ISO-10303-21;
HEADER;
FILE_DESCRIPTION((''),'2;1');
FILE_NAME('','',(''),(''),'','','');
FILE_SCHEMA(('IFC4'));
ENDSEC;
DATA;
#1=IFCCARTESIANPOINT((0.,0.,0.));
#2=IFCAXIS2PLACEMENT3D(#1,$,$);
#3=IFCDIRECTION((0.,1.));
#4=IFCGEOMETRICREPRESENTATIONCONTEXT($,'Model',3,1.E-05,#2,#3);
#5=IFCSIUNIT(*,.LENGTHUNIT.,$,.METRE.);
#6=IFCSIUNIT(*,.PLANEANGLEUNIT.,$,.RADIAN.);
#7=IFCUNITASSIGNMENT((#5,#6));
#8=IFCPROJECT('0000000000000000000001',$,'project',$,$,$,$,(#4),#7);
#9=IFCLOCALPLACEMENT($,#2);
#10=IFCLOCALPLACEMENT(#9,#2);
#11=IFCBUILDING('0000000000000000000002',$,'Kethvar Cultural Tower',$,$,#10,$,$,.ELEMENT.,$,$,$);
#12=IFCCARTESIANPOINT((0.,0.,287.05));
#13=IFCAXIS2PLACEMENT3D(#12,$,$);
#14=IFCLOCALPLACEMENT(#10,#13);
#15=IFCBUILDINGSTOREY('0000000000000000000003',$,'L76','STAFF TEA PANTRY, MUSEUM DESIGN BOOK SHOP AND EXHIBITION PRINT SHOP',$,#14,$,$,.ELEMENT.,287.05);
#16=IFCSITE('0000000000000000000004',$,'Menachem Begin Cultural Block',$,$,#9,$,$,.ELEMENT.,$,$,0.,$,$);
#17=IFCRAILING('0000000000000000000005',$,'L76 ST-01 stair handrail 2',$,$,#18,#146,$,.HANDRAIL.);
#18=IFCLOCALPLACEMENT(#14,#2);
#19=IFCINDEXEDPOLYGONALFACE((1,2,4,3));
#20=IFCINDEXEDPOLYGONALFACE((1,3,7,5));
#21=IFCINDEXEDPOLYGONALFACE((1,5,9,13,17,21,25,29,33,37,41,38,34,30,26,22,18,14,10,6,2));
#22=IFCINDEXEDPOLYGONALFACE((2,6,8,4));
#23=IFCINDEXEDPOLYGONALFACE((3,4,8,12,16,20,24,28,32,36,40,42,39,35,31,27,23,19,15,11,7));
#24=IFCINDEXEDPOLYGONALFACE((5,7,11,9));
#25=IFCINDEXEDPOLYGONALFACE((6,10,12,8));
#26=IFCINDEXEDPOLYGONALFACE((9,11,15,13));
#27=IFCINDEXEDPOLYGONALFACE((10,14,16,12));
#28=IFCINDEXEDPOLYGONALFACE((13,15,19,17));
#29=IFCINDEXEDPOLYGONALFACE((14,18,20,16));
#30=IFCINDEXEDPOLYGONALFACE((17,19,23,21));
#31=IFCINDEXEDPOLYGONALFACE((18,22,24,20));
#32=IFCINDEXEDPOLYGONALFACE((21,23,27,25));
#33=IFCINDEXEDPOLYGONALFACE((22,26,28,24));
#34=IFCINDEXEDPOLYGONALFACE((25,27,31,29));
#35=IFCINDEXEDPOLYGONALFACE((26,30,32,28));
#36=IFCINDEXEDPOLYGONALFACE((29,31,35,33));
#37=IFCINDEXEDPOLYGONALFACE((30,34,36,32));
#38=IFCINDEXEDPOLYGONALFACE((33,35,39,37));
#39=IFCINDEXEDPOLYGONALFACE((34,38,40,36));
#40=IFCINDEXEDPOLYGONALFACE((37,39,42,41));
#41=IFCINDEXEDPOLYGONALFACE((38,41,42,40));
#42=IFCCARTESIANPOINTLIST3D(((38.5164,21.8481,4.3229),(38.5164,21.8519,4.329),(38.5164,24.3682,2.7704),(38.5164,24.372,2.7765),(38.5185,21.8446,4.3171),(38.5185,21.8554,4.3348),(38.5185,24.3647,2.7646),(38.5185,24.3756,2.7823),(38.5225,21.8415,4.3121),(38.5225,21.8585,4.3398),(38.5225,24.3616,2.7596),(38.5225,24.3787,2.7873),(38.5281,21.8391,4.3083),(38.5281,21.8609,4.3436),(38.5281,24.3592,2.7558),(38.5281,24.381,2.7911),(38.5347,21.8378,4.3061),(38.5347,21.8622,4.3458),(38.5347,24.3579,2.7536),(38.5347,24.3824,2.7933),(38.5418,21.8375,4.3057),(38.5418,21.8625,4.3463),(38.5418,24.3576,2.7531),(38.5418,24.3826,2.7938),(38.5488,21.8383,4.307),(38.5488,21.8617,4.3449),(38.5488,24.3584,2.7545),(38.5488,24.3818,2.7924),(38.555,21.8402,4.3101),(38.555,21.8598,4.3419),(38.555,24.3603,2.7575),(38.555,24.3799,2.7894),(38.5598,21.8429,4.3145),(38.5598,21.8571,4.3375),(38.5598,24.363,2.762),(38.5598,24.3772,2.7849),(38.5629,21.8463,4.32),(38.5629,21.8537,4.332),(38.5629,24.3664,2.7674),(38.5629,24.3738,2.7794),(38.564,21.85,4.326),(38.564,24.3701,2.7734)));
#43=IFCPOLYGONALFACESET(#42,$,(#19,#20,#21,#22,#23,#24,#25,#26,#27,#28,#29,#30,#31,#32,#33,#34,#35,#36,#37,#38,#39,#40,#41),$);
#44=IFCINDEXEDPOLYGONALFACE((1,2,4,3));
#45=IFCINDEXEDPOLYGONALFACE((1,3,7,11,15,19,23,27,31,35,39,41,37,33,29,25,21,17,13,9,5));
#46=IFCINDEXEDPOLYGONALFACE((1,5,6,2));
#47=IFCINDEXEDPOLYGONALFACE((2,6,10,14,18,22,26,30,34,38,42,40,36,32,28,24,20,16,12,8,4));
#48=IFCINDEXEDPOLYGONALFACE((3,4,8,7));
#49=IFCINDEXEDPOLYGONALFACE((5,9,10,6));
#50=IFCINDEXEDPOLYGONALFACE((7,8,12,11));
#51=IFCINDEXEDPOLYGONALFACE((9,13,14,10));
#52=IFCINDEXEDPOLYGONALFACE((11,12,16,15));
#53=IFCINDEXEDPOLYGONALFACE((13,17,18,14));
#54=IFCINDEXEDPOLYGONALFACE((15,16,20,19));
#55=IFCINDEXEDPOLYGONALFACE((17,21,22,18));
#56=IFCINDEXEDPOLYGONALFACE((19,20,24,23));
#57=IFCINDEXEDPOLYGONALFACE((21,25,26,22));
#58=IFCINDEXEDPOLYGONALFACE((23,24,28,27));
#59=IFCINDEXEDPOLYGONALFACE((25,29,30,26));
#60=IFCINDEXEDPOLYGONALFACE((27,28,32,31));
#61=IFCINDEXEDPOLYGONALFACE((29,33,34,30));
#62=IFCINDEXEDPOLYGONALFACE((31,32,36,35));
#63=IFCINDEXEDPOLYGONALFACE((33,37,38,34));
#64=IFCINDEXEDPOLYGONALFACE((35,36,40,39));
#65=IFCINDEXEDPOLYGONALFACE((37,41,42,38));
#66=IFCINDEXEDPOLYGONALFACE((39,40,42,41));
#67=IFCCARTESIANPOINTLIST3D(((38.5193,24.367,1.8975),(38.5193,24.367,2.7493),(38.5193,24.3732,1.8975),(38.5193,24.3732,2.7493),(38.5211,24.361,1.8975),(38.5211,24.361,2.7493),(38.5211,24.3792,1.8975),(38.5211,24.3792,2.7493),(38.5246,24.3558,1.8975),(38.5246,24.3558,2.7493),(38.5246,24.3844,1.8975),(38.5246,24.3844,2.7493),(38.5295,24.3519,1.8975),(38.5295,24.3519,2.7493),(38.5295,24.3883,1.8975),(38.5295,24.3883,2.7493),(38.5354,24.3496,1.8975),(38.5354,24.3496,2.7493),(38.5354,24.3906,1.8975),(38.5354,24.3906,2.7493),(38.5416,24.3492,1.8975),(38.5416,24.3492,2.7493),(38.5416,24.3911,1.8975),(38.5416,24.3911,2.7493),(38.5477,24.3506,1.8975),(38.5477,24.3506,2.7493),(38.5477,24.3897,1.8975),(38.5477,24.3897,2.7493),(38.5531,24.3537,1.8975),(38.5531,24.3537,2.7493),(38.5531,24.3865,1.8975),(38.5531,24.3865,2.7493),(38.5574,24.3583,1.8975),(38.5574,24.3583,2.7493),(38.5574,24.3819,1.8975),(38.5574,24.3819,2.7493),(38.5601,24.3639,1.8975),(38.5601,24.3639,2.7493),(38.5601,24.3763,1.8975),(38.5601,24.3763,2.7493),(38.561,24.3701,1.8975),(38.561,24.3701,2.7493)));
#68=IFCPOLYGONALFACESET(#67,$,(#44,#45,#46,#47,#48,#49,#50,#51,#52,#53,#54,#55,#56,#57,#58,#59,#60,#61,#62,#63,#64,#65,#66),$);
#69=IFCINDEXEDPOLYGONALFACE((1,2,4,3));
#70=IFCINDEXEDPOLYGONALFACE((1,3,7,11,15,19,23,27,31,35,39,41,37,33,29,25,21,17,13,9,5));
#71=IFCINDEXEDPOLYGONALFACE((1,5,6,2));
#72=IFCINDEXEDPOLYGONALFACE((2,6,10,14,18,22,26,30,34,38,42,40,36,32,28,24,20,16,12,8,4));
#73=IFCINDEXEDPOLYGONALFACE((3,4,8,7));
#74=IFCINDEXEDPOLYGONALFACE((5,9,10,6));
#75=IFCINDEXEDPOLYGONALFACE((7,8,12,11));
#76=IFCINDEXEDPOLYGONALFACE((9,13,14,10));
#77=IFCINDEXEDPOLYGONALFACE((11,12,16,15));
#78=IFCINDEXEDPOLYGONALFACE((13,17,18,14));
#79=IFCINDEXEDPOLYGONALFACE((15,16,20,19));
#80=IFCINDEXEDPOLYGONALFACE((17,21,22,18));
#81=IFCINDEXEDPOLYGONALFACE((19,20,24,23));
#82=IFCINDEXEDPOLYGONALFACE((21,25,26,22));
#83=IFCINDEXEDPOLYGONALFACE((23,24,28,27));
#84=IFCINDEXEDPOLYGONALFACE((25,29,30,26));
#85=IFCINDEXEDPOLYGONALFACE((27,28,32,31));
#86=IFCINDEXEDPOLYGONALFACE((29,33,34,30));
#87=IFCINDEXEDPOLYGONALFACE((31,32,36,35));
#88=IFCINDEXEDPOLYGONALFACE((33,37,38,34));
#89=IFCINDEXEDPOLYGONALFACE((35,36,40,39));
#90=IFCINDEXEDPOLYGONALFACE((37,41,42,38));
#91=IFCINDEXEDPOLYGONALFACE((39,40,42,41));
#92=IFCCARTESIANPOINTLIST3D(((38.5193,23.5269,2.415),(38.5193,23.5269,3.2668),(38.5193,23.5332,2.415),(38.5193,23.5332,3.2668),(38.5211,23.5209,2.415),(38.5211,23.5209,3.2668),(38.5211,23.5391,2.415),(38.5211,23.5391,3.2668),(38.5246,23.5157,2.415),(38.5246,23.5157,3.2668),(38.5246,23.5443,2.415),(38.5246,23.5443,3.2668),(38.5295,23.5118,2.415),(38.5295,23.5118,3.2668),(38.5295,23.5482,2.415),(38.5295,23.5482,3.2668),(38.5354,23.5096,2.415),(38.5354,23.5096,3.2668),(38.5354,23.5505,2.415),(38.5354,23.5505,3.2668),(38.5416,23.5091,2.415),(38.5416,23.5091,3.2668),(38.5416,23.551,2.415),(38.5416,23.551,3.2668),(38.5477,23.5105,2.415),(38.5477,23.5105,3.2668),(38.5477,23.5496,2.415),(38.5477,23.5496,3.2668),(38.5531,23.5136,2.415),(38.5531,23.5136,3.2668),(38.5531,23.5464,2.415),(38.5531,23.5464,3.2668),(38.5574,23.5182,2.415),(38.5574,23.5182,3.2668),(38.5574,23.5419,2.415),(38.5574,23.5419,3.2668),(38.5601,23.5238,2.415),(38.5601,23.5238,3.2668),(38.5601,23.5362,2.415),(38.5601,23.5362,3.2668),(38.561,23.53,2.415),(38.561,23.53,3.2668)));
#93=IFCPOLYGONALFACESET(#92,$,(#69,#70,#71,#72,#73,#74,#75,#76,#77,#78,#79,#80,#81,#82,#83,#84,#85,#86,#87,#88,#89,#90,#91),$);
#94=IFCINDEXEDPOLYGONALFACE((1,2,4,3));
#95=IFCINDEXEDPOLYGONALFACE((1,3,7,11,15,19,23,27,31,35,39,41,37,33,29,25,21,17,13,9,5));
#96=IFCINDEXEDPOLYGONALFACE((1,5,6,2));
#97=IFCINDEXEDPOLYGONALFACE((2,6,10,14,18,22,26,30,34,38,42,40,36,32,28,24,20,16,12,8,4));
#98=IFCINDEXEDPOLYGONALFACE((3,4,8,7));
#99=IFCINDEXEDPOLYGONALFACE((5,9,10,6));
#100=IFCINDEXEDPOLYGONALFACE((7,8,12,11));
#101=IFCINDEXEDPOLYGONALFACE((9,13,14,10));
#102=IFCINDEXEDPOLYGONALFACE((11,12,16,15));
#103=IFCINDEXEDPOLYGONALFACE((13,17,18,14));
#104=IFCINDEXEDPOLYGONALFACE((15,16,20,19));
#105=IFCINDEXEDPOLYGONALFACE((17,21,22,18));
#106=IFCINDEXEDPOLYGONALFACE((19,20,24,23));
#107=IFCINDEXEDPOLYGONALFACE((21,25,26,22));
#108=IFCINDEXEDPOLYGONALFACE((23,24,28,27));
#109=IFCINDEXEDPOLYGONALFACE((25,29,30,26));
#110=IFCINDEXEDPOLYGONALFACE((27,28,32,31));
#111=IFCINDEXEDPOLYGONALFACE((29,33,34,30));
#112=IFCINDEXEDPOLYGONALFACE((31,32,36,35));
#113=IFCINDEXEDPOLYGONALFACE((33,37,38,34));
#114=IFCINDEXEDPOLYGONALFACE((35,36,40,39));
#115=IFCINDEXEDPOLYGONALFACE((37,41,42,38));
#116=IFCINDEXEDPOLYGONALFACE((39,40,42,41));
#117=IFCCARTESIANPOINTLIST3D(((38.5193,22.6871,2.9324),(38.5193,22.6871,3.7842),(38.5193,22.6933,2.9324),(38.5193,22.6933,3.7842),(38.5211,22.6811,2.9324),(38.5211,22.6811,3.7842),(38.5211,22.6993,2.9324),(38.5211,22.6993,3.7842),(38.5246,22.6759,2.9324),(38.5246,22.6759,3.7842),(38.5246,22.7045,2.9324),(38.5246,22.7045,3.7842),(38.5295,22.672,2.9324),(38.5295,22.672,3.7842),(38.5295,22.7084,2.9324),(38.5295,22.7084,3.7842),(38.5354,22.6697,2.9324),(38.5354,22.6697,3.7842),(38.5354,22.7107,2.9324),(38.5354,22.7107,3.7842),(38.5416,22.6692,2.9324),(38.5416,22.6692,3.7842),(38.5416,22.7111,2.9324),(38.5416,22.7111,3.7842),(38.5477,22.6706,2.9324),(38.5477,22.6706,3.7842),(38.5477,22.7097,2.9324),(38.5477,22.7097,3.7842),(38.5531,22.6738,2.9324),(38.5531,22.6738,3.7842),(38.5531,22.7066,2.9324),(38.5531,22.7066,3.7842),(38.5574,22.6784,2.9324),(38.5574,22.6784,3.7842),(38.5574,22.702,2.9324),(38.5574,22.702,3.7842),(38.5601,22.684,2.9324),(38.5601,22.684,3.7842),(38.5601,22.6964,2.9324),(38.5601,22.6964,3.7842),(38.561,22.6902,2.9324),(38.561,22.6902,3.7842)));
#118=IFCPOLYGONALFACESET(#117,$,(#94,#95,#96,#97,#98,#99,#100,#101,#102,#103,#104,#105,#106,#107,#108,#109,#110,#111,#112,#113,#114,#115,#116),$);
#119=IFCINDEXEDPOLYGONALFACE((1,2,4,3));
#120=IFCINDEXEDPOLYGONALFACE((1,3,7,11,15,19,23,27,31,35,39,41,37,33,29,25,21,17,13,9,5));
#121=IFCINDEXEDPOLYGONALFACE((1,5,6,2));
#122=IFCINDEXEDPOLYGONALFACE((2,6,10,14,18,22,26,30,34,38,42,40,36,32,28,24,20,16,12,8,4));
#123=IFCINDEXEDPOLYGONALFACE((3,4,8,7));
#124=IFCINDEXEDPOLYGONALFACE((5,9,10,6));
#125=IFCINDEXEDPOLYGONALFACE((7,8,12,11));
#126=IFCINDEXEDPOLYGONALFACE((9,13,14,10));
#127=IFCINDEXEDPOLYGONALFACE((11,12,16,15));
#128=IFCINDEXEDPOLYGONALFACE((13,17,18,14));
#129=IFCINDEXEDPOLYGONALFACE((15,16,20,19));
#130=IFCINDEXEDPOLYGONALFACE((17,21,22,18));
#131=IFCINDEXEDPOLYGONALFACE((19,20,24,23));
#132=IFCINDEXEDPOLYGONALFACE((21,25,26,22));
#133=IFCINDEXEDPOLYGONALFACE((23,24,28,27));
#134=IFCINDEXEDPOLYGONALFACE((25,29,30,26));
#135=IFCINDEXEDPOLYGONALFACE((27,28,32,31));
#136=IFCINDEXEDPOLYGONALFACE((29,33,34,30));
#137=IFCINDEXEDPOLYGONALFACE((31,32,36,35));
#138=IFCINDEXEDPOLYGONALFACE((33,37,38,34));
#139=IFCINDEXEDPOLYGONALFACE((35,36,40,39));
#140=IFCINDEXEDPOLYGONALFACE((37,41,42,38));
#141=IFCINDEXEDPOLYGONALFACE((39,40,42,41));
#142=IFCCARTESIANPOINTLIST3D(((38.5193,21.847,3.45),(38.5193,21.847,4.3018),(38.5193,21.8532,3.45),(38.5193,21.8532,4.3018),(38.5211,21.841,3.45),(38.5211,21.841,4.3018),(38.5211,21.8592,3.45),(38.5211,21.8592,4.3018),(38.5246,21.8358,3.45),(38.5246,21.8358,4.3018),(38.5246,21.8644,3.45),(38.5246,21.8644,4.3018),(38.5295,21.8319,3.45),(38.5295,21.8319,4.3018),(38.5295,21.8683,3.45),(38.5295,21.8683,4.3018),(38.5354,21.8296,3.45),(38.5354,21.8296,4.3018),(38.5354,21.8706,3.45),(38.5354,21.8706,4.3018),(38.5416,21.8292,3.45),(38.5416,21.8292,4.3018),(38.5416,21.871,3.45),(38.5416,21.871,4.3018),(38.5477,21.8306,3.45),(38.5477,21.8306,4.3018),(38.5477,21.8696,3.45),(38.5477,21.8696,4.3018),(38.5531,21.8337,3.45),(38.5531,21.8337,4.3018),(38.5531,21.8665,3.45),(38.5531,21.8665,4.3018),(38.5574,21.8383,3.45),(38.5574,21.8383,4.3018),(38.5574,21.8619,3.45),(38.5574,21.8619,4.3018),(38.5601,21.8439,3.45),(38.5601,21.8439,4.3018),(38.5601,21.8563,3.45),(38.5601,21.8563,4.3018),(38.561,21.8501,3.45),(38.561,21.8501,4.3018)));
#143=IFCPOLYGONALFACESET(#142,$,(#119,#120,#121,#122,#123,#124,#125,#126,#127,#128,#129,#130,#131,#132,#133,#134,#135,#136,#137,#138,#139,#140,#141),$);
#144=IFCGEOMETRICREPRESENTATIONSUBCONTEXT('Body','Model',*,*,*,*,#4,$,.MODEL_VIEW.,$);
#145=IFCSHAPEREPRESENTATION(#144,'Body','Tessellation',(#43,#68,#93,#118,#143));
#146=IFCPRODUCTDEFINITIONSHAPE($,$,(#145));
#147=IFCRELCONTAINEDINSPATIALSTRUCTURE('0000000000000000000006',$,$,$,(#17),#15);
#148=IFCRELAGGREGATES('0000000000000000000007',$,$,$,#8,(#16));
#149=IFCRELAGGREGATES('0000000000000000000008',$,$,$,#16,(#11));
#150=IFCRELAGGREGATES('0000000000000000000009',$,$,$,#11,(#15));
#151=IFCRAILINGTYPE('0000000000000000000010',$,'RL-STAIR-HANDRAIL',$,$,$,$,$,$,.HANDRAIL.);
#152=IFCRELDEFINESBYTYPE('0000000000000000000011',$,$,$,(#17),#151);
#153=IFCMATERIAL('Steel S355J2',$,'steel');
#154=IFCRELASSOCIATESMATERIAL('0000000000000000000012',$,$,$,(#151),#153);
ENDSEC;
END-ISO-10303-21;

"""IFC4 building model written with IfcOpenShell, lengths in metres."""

from ifc_helpers import new_model, si_unit, direction, frame, origin, origin_2d, place, context, subcontext, project, spatial, circle, extrude, material, type_object, element, save


model = new_model("IFC4")

# Units and contexts
model_context = context("Model", 3, precision=1e-05, world=origin(), true_north=direction((0.0, 1.0)))
body_context = subcontext(model_context, "Body", "Model", "MODEL_VIEW")
ifc_project = project(units=[si_unit("LENGTHUNIT", "METRE"), si_unit("PLANEANGLEUNIT", "RADIAN")], contexts=[model_context])

# Site, building, storey
site_placement = place(None, origin())
site = spatial("IfcSite", under=ifc_project, at=site_placement, Name="Menachem Begin Cultural Block", CompositionType="ELEMENT", RefElevation=0.0)
building_placement = place(site_placement, origin())
building = spatial("IfcBuilding", under=site, at=building_placement, Name="Kethvar Cultural Tower", CompositionType="ELEMENT")
storey_placement = place(building_placement, frame((0.0, 0.0, 287.05)))
storey = spatial("IfcBuildingStorey", under=building, at=storey_placement, Name="L76", Description="STAFF TEA PANTRY, MUSEUM DESIGN BOOK SHOP AND EXHIBITION PRINT SHOP", CompositionType="ELEMENT", Elevation=287.05)

# Shared definitions
ifc_material_1 = material(Name="Steel S355J2", Category="steel")

# Railing
railing_type_1 = type_object("IfcRailingType", Name="RL-STAIR-HANDRAIL", PredefinedType="HANDRAIL", material=ifc_material_1)
railing_1_placement = place(storey_placement, frame((38.54, 24.3701, 1.8975)))
element("IfcRailing", 1, at=railing_1_placement, inside=storey, type_object=railing_type_1, Name="L76 ST-01 stair handrail 2", PredefinedType="HANDRAIL", context=body_context, shape_type="SweptSolid", body=[
    extrude(circle(Radius=0.0239, at=origin_2d()), frame((0.0, 0.0, 0.876), z_axis=(0.0, -0.8514, 0.524516), x_axis=(1.0, 0.0, 0.0)), (0.0, 0.0, 1.0), 2.96),
    extrude(circle(Radius=0.021, at=origin_2d()), origin(), (0.0, 0.0, 1.0), 0.8518),
    extrude(circle(Radius=0.021, at=origin_2d()), frame((0.0, -0.8401, 0.5176)), (0.0, 0.0, 1.0), 0.8518),
    extrude(circle(Radius=0.021, at=origin_2d()), frame((0.0, -1.6799, 1.0349)), (0.0, 0.0, 1.0), 0.8518),
    extrude(circle(Radius=0.021, at=origin_2d()), frame((0.0, -2.52, 1.5525)), (0.0, 0.0, 1.0), 0.8518),
])

save(model, "model.ifc")
